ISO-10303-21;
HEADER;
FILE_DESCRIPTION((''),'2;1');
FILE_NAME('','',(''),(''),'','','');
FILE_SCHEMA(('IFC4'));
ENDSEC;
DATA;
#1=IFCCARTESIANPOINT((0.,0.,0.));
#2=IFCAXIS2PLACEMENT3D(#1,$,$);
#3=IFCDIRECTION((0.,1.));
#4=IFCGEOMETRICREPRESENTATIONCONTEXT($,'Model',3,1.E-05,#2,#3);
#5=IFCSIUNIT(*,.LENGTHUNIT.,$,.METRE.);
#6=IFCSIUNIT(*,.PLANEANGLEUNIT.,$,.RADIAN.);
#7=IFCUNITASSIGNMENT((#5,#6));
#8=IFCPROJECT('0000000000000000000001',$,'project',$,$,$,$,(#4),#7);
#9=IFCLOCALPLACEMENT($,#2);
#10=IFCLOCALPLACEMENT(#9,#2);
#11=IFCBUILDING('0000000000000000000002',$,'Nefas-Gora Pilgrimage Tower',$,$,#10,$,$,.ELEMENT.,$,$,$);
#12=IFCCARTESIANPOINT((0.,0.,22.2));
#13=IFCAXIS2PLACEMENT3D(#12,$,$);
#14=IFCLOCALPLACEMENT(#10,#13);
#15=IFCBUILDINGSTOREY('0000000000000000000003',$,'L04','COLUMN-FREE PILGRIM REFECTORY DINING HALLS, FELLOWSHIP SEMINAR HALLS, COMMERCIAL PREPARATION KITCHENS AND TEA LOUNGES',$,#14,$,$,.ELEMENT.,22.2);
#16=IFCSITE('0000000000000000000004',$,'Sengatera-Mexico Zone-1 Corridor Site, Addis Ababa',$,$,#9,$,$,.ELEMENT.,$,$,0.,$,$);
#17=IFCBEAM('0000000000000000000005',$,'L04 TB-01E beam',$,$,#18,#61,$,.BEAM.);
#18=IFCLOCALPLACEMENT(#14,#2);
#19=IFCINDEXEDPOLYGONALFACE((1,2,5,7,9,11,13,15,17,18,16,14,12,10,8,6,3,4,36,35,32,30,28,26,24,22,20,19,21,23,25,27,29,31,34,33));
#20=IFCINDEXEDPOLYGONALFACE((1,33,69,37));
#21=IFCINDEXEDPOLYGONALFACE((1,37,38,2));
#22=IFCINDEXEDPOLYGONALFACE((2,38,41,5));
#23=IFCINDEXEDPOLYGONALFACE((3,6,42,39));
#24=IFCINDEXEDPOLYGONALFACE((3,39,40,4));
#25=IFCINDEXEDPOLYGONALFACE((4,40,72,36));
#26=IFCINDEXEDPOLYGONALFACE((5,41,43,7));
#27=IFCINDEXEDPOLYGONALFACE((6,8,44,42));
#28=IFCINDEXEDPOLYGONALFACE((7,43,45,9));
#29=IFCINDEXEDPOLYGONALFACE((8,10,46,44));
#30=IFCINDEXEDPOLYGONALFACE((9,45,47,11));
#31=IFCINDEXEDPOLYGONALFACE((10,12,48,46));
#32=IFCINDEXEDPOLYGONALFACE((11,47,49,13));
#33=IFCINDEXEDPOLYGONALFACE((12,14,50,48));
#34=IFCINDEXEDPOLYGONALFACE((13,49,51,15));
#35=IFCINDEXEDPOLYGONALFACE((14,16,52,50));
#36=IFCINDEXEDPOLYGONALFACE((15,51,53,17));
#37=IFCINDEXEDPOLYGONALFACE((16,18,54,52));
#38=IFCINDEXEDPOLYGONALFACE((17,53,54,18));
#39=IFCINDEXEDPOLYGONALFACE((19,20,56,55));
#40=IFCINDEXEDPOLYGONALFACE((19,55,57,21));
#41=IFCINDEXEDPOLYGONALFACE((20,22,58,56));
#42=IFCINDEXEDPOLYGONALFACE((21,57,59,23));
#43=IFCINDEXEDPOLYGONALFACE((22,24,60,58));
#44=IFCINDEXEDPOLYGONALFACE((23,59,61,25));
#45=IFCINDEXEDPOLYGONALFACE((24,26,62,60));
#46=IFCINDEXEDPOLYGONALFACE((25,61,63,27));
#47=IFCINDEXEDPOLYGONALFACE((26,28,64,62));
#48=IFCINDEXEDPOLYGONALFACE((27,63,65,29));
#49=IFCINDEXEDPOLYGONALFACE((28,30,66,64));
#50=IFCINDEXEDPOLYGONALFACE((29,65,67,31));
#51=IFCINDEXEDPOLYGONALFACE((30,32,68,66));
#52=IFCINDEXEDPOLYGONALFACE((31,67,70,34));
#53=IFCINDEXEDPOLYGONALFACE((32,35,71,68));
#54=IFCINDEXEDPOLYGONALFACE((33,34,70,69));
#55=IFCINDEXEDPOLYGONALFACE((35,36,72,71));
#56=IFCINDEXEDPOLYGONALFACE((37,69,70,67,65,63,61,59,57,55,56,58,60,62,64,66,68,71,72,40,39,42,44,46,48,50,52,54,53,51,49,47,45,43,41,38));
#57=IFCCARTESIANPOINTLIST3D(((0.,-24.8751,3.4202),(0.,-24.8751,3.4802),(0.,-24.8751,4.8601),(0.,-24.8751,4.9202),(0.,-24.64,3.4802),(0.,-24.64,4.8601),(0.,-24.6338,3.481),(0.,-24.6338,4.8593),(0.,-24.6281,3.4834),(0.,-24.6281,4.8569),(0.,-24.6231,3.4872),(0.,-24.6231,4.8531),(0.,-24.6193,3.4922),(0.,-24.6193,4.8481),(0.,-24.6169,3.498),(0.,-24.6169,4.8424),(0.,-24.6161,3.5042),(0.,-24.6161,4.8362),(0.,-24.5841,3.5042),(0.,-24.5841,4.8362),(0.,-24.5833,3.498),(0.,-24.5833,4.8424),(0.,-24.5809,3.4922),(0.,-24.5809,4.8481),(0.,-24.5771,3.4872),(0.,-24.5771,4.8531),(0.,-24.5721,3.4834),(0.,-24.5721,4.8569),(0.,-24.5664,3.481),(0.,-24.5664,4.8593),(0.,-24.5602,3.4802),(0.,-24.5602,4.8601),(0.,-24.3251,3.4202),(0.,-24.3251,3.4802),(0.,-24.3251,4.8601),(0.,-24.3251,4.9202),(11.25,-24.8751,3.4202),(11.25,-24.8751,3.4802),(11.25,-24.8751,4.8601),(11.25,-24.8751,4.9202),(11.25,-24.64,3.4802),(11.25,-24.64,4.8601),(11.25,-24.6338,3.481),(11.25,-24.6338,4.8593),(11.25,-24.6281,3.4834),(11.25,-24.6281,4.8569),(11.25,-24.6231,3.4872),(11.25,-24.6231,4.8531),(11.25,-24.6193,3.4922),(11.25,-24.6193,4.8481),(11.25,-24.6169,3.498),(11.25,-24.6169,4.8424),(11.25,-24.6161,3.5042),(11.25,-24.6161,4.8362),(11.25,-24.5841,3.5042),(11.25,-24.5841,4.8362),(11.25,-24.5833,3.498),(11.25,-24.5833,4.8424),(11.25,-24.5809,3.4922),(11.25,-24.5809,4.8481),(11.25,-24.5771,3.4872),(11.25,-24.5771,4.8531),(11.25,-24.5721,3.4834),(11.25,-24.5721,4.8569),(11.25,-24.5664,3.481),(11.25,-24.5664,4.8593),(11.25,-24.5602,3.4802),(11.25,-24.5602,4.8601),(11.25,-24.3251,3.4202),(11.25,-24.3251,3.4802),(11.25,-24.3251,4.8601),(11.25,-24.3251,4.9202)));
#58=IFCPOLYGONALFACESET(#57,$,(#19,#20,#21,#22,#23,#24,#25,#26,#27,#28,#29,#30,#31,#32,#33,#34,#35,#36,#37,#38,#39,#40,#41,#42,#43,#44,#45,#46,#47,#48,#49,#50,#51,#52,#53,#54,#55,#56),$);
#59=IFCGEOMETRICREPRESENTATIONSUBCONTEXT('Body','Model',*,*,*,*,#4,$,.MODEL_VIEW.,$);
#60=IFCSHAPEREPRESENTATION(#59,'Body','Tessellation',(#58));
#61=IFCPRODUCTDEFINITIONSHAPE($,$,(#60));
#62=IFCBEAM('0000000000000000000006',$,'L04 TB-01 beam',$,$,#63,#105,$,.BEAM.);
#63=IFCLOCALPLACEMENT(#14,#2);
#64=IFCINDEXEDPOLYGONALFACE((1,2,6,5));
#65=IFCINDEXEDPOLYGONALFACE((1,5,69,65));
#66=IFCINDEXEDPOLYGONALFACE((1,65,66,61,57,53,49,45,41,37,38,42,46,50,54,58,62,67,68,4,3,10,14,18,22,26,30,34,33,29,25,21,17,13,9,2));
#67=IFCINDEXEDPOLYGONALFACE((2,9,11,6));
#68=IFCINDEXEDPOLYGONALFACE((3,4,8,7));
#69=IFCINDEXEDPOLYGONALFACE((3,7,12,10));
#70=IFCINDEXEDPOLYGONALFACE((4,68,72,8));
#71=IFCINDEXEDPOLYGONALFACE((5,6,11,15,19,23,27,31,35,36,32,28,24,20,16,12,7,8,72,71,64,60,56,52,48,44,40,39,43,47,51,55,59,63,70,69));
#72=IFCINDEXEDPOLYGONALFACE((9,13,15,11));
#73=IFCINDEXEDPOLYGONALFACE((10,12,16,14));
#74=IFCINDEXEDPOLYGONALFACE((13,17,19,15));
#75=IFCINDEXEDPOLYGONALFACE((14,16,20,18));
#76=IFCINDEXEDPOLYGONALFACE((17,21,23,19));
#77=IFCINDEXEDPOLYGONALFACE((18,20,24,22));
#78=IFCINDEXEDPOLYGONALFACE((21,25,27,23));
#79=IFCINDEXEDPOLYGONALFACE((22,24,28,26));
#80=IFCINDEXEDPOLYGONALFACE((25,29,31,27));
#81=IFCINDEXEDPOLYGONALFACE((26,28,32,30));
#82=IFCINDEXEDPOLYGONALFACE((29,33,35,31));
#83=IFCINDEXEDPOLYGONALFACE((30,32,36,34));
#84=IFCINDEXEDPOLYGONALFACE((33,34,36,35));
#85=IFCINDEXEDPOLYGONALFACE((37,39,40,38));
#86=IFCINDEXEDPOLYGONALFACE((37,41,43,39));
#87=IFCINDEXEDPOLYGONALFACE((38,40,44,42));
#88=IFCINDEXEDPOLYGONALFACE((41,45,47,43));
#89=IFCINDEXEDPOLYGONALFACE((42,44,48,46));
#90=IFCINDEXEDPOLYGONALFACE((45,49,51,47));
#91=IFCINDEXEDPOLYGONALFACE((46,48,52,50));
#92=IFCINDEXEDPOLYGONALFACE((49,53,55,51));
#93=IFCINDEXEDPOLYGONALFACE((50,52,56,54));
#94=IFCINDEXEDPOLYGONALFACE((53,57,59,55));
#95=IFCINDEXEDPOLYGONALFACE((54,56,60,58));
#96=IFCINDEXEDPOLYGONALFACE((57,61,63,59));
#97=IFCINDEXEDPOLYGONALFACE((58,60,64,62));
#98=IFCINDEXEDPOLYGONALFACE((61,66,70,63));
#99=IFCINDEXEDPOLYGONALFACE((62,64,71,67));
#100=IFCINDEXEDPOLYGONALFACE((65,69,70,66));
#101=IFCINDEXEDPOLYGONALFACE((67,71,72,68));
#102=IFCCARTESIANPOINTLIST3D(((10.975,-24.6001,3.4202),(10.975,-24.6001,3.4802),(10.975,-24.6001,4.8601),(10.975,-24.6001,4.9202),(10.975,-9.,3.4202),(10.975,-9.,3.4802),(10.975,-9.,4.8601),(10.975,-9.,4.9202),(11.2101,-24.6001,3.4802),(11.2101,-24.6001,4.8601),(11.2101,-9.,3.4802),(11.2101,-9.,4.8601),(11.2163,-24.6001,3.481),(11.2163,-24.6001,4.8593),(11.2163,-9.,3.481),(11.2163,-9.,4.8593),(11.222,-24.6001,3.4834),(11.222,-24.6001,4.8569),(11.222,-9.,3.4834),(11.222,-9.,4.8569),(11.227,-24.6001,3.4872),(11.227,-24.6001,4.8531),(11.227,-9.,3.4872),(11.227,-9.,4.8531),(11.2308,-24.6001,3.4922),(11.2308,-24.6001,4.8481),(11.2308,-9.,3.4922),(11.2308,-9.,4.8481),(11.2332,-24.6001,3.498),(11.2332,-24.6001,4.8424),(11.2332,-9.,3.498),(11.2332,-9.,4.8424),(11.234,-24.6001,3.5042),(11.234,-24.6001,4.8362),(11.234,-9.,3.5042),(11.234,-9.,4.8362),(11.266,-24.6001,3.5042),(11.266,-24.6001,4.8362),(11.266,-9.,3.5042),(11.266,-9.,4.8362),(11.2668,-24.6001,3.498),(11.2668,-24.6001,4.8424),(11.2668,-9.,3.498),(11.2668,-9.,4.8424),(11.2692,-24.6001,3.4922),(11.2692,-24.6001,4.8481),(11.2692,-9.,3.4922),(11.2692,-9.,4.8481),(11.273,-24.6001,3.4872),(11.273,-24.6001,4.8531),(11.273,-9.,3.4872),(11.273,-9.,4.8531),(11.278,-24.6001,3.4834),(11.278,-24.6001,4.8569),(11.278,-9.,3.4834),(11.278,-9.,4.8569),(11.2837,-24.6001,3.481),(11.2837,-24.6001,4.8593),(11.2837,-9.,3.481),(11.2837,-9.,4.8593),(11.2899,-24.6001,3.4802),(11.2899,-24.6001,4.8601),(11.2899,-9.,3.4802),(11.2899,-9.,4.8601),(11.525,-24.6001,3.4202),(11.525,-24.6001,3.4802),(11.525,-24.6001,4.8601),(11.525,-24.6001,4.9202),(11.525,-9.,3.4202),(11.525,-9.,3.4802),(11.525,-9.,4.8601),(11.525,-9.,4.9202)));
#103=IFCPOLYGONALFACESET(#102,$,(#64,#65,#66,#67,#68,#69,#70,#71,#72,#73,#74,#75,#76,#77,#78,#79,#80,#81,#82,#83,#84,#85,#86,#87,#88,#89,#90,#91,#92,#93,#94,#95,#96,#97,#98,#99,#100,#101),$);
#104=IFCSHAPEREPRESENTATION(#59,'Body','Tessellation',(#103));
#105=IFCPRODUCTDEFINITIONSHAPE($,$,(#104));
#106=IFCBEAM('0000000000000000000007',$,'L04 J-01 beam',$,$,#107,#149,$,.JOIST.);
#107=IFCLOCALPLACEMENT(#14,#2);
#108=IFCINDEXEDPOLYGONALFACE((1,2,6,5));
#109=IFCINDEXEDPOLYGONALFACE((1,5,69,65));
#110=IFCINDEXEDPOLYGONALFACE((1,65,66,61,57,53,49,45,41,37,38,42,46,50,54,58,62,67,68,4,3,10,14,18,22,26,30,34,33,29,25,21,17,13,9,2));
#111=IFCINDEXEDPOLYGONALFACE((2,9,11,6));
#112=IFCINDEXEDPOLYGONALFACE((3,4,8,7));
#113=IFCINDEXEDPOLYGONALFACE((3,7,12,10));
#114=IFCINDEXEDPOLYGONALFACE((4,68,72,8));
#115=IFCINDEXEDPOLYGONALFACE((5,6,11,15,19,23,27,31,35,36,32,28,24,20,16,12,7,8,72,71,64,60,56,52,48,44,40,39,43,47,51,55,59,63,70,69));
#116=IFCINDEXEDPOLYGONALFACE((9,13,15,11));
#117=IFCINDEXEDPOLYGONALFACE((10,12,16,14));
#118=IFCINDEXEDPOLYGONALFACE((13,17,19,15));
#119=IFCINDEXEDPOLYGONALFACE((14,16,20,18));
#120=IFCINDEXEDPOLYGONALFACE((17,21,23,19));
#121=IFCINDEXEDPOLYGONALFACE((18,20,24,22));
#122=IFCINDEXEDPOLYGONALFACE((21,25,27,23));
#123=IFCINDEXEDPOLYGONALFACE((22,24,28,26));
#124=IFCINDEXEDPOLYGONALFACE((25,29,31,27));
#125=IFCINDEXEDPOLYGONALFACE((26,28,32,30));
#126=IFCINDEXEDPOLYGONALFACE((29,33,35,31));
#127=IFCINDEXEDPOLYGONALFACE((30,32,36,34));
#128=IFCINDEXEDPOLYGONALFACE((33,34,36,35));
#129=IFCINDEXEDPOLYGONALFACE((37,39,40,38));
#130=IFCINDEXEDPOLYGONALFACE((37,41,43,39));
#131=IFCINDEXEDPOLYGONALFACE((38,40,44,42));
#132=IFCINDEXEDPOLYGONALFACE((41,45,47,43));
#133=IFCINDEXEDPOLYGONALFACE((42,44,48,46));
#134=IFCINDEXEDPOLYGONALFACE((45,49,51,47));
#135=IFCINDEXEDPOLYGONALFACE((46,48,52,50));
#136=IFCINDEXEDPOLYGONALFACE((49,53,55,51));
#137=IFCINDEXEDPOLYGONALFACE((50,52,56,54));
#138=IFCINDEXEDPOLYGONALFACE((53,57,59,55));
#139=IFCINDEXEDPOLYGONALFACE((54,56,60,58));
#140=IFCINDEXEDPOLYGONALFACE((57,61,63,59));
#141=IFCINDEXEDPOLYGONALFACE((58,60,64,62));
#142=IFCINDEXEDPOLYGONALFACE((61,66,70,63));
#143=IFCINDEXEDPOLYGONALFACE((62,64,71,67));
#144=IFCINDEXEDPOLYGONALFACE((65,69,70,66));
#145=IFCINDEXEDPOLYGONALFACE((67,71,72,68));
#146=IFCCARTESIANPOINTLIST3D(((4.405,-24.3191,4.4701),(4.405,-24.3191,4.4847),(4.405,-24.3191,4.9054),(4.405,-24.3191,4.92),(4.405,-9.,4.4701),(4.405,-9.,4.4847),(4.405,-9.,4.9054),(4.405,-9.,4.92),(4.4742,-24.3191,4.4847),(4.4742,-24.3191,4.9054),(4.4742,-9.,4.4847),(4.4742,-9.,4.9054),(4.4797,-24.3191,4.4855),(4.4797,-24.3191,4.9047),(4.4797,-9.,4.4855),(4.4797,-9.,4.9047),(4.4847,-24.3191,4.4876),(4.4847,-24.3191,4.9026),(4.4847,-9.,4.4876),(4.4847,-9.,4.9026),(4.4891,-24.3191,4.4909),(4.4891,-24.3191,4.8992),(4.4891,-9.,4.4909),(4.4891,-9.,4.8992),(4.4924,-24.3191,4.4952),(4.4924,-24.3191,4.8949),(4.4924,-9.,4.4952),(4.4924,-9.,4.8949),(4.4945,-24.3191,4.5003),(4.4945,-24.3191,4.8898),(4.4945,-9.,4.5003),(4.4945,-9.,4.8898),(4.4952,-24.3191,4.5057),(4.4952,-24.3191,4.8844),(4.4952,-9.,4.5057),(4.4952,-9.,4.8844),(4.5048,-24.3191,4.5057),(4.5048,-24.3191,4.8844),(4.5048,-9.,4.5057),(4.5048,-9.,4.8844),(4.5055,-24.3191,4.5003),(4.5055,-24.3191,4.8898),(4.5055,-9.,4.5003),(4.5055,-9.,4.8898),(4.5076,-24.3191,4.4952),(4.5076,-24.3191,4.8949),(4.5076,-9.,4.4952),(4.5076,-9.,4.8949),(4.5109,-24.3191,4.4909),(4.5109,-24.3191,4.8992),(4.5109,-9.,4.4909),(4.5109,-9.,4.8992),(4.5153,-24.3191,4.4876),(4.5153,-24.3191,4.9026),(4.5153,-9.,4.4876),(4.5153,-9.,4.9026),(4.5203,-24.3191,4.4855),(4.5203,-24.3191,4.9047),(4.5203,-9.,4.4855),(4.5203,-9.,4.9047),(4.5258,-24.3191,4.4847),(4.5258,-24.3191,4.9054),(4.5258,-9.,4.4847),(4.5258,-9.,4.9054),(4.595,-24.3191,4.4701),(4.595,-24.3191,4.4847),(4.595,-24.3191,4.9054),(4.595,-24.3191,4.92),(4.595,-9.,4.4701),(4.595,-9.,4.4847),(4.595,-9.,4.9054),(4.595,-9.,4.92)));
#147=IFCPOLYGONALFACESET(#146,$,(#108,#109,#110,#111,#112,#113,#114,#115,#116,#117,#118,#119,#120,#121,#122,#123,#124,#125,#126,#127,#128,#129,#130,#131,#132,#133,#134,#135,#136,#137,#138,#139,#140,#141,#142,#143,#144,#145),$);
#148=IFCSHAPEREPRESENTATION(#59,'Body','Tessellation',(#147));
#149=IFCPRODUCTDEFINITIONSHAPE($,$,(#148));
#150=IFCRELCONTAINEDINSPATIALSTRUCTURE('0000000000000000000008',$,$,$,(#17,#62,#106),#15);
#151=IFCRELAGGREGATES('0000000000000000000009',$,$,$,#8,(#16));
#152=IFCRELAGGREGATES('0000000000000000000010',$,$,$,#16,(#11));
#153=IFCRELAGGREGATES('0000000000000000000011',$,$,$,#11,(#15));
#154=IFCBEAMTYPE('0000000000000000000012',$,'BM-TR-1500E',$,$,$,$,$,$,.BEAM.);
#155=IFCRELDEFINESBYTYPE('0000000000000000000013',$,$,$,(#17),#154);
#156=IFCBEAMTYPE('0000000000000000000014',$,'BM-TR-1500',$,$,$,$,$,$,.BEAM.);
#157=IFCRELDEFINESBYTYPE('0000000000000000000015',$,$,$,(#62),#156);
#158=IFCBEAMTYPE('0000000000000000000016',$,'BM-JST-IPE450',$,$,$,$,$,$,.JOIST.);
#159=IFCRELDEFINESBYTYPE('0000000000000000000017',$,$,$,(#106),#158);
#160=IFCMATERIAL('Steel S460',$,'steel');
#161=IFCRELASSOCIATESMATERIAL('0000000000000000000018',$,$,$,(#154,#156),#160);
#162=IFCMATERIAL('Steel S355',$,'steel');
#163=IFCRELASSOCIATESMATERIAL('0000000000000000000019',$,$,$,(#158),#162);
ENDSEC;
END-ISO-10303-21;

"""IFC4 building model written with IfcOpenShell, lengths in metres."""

from ifc_helpers import new_model, si_unit, direction, frame, origin, origin_2d, place, context, subcontext, project, spatial, i_section, extrude, source, transform, mapped, material, material_profile, profile_set, type_object, element, save


model = new_model("IFC4")

# Units and contexts
model_context = context("Model", 3, precision=1e-05, world=origin(), true_north=direction((0.0, 1.0)))
body_context = subcontext(model_context, "Body", "Model", "MODEL_VIEW")
ifc_project = project(units=[si_unit("LENGTHUNIT", "METRE"), si_unit("PLANEANGLEUNIT", "RADIAN")], contexts=[model_context])

# Site, building, storey
site_placement = place(None, origin())
site = spatial("IfcSite", under=ifc_project, at=site_placement, Name="Sengatera-Mexico Zone-1 Corridor Site, Addis Ababa", CompositionType="ELEMENT", RefElevation=0.0)
building_placement = place(site_placement, origin())
building = spatial("IfcBuilding", under=site, at=building_placement, Name="Nefas-Gora Pilgrimage Tower", CompositionType="ELEMENT")
storey_placement = place(building_placement, frame((0.0, 0.0, 22.2)))
storey = spatial("IfcBuildingStorey", under=building, at=storey_placement, Name="L04", Description="COLUMN-FREE PILGRIM REFECTORY DINING HALLS, FELLOWSHIP SEMINAR HALLS, COMMERCIAL PREPARATION KITCHENS AND TEA LOUNGES", CompositionType="ELEMENT", Elevation=22.2)

# Shared definitions
ifc_material_1 = material(Name="Steel S460", Category="steel")

# Beams
ifc_material_profile_1 = material_profile(ifc_material_1, i_section(OverallWidth=0.55, OverallDepth=1.5, WebThickness=0.032, FlangeThickness=0.0601, FilletRadius=0.0239, at=origin_2d()), Name="WPG 1500x550x32x60")
ifc_profile_set_1 = profile_set([ifc_material_profile_1], Name="Steel S460")
beam_type_1 = type_object("IfcBeamType", Name="BM-TR-1500E", PredefinedType="BEAM", material=ifc_profile_set_1)
shared_shape_1 = source(origin(), body_context, "Body", "SweptSolid", [
    extrude(i_section(OverallWidth=0.55, OverallDepth=1.5, WebThickness=0.032, FlangeThickness=0.0601, FilletRadius=0.0239, at=origin_2d()), origin(), (0.0, 0.0, 1.0), 11.25),
])
beam_1_placement = place(storey_placement, frame((0.0, -24.6001, 4.1702), z_axis=(1.0, 0.0, 0.0), x_axis=(0.0, 1.0, 0.0)))
element("IfcBeam", 1, at=beam_1_placement, inside=storey, type_object=beam_type_1, Name="L04 TB-01E beam", PredefinedType="BEAM", context=body_context, shape_type="MappedRepresentation", body=[
    mapped(shared_shape_1, transform((0.0, 0.0, 0.0), x_axis=(1.0, 0.0, 0.0), y_axis=(0.0, 1.0, 0.0), z_axis=(0.0, 0.0, 1.0), scale=1.0)),
])
ifc_material_profile_2 = material_profile(ifc_material_1, i_section(OverallWidth=0.55, OverallDepth=1.5, WebThickness=0.032, FlangeThickness=0.0601, FilletRadius=0.0239, at=origin_2d()), Name="WPG 1500x550x32x60")
ifc_profile_set_2 = profile_set([ifc_material_profile_2], Name="Steel S460")
beam_type_2 = type_object("IfcBeamType", Name="BM-TR-1500", PredefinedType="BEAM", material=ifc_profile_set_2)
shared_shape_2 = source(origin(), body_context, "Body", "SweptSolid", [
    extrude(i_section(OverallWidth=0.55, OverallDepth=1.5, WebThickness=0.032, FlangeThickness=0.0601, FilletRadius=0.0239, at=origin_2d()), origin(), (0.0, 0.0, 1.0), 15.6001),
])
beam_2_placement = place(storey_placement, frame((11.25, -24.6001, 4.1702), z_axis=(0.0, 1.0, 0.0), x_axis=(-1.0, 0.0, 0.0)))
element("IfcBeam", 2, at=beam_2_placement, inside=storey, type_object=beam_type_2, Name="L04 TB-01 beam", PredefinedType="BEAM", context=body_context, shape_type="MappedRepresentation", body=[
    mapped(shared_shape_2, transform((0.0, 0.0, 0.0), x_axis=(1.0, 0.0, 0.0), y_axis=(0.0, 1.0, 0.0), z_axis=(0.0, 0.0, 1.0), scale=1.0)),
])
ifc_material_2 = material(Name="Steel S355", Category="steel")
ifc_material_profile_3 = material_profile(ifc_material_2, i_section(OverallWidth=0.1899, OverallDepth=0.45, WebThickness=0.0095, FlangeThickness=0.0146, FilletRadius=0.021, at=origin_2d()), Name="IPE 450")
ifc_profile_set_3 = profile_set([ifc_material_profile_3], Name="Steel S355")
beam_type_3 = type_object("IfcBeamType", Name="BM-JST-IPE450", PredefinedType="JOIST", material=ifc_profile_set_3)
shared_shape_3 = source(origin(), body_context, "Body", "SweptSolid", [
    extrude(i_section(OverallWidth=0.1899, OverallDepth=0.45, WebThickness=0.0095, FlangeThickness=0.0146, FilletRadius=0.021, at=origin_2d()), origin(), (0.0, 0.0, 1.0), 15.3191),
])
beam_3_placement = place(storey_placement, frame((4.5, -24.3191, 4.6951), z_axis=(0.0, 1.0, 0.0), x_axis=(-1.0, 0.0, 0.0)))
element("IfcBeam", 3, at=beam_3_placement, inside=storey, type_object=beam_type_3, Name="L04 J-01 beam", PredefinedType="JOIST", context=body_context, shape_type="MappedRepresentation", body=[
    mapped(shared_shape_3, transform((0.0, 0.0, 0.0), x_axis=(1.0, 0.0, 0.0), y_axis=(0.0, 1.0, 0.0), z_axis=(0.0, 0.0, 1.0), scale=1.0)),
])

save(model, "model.ifc")
